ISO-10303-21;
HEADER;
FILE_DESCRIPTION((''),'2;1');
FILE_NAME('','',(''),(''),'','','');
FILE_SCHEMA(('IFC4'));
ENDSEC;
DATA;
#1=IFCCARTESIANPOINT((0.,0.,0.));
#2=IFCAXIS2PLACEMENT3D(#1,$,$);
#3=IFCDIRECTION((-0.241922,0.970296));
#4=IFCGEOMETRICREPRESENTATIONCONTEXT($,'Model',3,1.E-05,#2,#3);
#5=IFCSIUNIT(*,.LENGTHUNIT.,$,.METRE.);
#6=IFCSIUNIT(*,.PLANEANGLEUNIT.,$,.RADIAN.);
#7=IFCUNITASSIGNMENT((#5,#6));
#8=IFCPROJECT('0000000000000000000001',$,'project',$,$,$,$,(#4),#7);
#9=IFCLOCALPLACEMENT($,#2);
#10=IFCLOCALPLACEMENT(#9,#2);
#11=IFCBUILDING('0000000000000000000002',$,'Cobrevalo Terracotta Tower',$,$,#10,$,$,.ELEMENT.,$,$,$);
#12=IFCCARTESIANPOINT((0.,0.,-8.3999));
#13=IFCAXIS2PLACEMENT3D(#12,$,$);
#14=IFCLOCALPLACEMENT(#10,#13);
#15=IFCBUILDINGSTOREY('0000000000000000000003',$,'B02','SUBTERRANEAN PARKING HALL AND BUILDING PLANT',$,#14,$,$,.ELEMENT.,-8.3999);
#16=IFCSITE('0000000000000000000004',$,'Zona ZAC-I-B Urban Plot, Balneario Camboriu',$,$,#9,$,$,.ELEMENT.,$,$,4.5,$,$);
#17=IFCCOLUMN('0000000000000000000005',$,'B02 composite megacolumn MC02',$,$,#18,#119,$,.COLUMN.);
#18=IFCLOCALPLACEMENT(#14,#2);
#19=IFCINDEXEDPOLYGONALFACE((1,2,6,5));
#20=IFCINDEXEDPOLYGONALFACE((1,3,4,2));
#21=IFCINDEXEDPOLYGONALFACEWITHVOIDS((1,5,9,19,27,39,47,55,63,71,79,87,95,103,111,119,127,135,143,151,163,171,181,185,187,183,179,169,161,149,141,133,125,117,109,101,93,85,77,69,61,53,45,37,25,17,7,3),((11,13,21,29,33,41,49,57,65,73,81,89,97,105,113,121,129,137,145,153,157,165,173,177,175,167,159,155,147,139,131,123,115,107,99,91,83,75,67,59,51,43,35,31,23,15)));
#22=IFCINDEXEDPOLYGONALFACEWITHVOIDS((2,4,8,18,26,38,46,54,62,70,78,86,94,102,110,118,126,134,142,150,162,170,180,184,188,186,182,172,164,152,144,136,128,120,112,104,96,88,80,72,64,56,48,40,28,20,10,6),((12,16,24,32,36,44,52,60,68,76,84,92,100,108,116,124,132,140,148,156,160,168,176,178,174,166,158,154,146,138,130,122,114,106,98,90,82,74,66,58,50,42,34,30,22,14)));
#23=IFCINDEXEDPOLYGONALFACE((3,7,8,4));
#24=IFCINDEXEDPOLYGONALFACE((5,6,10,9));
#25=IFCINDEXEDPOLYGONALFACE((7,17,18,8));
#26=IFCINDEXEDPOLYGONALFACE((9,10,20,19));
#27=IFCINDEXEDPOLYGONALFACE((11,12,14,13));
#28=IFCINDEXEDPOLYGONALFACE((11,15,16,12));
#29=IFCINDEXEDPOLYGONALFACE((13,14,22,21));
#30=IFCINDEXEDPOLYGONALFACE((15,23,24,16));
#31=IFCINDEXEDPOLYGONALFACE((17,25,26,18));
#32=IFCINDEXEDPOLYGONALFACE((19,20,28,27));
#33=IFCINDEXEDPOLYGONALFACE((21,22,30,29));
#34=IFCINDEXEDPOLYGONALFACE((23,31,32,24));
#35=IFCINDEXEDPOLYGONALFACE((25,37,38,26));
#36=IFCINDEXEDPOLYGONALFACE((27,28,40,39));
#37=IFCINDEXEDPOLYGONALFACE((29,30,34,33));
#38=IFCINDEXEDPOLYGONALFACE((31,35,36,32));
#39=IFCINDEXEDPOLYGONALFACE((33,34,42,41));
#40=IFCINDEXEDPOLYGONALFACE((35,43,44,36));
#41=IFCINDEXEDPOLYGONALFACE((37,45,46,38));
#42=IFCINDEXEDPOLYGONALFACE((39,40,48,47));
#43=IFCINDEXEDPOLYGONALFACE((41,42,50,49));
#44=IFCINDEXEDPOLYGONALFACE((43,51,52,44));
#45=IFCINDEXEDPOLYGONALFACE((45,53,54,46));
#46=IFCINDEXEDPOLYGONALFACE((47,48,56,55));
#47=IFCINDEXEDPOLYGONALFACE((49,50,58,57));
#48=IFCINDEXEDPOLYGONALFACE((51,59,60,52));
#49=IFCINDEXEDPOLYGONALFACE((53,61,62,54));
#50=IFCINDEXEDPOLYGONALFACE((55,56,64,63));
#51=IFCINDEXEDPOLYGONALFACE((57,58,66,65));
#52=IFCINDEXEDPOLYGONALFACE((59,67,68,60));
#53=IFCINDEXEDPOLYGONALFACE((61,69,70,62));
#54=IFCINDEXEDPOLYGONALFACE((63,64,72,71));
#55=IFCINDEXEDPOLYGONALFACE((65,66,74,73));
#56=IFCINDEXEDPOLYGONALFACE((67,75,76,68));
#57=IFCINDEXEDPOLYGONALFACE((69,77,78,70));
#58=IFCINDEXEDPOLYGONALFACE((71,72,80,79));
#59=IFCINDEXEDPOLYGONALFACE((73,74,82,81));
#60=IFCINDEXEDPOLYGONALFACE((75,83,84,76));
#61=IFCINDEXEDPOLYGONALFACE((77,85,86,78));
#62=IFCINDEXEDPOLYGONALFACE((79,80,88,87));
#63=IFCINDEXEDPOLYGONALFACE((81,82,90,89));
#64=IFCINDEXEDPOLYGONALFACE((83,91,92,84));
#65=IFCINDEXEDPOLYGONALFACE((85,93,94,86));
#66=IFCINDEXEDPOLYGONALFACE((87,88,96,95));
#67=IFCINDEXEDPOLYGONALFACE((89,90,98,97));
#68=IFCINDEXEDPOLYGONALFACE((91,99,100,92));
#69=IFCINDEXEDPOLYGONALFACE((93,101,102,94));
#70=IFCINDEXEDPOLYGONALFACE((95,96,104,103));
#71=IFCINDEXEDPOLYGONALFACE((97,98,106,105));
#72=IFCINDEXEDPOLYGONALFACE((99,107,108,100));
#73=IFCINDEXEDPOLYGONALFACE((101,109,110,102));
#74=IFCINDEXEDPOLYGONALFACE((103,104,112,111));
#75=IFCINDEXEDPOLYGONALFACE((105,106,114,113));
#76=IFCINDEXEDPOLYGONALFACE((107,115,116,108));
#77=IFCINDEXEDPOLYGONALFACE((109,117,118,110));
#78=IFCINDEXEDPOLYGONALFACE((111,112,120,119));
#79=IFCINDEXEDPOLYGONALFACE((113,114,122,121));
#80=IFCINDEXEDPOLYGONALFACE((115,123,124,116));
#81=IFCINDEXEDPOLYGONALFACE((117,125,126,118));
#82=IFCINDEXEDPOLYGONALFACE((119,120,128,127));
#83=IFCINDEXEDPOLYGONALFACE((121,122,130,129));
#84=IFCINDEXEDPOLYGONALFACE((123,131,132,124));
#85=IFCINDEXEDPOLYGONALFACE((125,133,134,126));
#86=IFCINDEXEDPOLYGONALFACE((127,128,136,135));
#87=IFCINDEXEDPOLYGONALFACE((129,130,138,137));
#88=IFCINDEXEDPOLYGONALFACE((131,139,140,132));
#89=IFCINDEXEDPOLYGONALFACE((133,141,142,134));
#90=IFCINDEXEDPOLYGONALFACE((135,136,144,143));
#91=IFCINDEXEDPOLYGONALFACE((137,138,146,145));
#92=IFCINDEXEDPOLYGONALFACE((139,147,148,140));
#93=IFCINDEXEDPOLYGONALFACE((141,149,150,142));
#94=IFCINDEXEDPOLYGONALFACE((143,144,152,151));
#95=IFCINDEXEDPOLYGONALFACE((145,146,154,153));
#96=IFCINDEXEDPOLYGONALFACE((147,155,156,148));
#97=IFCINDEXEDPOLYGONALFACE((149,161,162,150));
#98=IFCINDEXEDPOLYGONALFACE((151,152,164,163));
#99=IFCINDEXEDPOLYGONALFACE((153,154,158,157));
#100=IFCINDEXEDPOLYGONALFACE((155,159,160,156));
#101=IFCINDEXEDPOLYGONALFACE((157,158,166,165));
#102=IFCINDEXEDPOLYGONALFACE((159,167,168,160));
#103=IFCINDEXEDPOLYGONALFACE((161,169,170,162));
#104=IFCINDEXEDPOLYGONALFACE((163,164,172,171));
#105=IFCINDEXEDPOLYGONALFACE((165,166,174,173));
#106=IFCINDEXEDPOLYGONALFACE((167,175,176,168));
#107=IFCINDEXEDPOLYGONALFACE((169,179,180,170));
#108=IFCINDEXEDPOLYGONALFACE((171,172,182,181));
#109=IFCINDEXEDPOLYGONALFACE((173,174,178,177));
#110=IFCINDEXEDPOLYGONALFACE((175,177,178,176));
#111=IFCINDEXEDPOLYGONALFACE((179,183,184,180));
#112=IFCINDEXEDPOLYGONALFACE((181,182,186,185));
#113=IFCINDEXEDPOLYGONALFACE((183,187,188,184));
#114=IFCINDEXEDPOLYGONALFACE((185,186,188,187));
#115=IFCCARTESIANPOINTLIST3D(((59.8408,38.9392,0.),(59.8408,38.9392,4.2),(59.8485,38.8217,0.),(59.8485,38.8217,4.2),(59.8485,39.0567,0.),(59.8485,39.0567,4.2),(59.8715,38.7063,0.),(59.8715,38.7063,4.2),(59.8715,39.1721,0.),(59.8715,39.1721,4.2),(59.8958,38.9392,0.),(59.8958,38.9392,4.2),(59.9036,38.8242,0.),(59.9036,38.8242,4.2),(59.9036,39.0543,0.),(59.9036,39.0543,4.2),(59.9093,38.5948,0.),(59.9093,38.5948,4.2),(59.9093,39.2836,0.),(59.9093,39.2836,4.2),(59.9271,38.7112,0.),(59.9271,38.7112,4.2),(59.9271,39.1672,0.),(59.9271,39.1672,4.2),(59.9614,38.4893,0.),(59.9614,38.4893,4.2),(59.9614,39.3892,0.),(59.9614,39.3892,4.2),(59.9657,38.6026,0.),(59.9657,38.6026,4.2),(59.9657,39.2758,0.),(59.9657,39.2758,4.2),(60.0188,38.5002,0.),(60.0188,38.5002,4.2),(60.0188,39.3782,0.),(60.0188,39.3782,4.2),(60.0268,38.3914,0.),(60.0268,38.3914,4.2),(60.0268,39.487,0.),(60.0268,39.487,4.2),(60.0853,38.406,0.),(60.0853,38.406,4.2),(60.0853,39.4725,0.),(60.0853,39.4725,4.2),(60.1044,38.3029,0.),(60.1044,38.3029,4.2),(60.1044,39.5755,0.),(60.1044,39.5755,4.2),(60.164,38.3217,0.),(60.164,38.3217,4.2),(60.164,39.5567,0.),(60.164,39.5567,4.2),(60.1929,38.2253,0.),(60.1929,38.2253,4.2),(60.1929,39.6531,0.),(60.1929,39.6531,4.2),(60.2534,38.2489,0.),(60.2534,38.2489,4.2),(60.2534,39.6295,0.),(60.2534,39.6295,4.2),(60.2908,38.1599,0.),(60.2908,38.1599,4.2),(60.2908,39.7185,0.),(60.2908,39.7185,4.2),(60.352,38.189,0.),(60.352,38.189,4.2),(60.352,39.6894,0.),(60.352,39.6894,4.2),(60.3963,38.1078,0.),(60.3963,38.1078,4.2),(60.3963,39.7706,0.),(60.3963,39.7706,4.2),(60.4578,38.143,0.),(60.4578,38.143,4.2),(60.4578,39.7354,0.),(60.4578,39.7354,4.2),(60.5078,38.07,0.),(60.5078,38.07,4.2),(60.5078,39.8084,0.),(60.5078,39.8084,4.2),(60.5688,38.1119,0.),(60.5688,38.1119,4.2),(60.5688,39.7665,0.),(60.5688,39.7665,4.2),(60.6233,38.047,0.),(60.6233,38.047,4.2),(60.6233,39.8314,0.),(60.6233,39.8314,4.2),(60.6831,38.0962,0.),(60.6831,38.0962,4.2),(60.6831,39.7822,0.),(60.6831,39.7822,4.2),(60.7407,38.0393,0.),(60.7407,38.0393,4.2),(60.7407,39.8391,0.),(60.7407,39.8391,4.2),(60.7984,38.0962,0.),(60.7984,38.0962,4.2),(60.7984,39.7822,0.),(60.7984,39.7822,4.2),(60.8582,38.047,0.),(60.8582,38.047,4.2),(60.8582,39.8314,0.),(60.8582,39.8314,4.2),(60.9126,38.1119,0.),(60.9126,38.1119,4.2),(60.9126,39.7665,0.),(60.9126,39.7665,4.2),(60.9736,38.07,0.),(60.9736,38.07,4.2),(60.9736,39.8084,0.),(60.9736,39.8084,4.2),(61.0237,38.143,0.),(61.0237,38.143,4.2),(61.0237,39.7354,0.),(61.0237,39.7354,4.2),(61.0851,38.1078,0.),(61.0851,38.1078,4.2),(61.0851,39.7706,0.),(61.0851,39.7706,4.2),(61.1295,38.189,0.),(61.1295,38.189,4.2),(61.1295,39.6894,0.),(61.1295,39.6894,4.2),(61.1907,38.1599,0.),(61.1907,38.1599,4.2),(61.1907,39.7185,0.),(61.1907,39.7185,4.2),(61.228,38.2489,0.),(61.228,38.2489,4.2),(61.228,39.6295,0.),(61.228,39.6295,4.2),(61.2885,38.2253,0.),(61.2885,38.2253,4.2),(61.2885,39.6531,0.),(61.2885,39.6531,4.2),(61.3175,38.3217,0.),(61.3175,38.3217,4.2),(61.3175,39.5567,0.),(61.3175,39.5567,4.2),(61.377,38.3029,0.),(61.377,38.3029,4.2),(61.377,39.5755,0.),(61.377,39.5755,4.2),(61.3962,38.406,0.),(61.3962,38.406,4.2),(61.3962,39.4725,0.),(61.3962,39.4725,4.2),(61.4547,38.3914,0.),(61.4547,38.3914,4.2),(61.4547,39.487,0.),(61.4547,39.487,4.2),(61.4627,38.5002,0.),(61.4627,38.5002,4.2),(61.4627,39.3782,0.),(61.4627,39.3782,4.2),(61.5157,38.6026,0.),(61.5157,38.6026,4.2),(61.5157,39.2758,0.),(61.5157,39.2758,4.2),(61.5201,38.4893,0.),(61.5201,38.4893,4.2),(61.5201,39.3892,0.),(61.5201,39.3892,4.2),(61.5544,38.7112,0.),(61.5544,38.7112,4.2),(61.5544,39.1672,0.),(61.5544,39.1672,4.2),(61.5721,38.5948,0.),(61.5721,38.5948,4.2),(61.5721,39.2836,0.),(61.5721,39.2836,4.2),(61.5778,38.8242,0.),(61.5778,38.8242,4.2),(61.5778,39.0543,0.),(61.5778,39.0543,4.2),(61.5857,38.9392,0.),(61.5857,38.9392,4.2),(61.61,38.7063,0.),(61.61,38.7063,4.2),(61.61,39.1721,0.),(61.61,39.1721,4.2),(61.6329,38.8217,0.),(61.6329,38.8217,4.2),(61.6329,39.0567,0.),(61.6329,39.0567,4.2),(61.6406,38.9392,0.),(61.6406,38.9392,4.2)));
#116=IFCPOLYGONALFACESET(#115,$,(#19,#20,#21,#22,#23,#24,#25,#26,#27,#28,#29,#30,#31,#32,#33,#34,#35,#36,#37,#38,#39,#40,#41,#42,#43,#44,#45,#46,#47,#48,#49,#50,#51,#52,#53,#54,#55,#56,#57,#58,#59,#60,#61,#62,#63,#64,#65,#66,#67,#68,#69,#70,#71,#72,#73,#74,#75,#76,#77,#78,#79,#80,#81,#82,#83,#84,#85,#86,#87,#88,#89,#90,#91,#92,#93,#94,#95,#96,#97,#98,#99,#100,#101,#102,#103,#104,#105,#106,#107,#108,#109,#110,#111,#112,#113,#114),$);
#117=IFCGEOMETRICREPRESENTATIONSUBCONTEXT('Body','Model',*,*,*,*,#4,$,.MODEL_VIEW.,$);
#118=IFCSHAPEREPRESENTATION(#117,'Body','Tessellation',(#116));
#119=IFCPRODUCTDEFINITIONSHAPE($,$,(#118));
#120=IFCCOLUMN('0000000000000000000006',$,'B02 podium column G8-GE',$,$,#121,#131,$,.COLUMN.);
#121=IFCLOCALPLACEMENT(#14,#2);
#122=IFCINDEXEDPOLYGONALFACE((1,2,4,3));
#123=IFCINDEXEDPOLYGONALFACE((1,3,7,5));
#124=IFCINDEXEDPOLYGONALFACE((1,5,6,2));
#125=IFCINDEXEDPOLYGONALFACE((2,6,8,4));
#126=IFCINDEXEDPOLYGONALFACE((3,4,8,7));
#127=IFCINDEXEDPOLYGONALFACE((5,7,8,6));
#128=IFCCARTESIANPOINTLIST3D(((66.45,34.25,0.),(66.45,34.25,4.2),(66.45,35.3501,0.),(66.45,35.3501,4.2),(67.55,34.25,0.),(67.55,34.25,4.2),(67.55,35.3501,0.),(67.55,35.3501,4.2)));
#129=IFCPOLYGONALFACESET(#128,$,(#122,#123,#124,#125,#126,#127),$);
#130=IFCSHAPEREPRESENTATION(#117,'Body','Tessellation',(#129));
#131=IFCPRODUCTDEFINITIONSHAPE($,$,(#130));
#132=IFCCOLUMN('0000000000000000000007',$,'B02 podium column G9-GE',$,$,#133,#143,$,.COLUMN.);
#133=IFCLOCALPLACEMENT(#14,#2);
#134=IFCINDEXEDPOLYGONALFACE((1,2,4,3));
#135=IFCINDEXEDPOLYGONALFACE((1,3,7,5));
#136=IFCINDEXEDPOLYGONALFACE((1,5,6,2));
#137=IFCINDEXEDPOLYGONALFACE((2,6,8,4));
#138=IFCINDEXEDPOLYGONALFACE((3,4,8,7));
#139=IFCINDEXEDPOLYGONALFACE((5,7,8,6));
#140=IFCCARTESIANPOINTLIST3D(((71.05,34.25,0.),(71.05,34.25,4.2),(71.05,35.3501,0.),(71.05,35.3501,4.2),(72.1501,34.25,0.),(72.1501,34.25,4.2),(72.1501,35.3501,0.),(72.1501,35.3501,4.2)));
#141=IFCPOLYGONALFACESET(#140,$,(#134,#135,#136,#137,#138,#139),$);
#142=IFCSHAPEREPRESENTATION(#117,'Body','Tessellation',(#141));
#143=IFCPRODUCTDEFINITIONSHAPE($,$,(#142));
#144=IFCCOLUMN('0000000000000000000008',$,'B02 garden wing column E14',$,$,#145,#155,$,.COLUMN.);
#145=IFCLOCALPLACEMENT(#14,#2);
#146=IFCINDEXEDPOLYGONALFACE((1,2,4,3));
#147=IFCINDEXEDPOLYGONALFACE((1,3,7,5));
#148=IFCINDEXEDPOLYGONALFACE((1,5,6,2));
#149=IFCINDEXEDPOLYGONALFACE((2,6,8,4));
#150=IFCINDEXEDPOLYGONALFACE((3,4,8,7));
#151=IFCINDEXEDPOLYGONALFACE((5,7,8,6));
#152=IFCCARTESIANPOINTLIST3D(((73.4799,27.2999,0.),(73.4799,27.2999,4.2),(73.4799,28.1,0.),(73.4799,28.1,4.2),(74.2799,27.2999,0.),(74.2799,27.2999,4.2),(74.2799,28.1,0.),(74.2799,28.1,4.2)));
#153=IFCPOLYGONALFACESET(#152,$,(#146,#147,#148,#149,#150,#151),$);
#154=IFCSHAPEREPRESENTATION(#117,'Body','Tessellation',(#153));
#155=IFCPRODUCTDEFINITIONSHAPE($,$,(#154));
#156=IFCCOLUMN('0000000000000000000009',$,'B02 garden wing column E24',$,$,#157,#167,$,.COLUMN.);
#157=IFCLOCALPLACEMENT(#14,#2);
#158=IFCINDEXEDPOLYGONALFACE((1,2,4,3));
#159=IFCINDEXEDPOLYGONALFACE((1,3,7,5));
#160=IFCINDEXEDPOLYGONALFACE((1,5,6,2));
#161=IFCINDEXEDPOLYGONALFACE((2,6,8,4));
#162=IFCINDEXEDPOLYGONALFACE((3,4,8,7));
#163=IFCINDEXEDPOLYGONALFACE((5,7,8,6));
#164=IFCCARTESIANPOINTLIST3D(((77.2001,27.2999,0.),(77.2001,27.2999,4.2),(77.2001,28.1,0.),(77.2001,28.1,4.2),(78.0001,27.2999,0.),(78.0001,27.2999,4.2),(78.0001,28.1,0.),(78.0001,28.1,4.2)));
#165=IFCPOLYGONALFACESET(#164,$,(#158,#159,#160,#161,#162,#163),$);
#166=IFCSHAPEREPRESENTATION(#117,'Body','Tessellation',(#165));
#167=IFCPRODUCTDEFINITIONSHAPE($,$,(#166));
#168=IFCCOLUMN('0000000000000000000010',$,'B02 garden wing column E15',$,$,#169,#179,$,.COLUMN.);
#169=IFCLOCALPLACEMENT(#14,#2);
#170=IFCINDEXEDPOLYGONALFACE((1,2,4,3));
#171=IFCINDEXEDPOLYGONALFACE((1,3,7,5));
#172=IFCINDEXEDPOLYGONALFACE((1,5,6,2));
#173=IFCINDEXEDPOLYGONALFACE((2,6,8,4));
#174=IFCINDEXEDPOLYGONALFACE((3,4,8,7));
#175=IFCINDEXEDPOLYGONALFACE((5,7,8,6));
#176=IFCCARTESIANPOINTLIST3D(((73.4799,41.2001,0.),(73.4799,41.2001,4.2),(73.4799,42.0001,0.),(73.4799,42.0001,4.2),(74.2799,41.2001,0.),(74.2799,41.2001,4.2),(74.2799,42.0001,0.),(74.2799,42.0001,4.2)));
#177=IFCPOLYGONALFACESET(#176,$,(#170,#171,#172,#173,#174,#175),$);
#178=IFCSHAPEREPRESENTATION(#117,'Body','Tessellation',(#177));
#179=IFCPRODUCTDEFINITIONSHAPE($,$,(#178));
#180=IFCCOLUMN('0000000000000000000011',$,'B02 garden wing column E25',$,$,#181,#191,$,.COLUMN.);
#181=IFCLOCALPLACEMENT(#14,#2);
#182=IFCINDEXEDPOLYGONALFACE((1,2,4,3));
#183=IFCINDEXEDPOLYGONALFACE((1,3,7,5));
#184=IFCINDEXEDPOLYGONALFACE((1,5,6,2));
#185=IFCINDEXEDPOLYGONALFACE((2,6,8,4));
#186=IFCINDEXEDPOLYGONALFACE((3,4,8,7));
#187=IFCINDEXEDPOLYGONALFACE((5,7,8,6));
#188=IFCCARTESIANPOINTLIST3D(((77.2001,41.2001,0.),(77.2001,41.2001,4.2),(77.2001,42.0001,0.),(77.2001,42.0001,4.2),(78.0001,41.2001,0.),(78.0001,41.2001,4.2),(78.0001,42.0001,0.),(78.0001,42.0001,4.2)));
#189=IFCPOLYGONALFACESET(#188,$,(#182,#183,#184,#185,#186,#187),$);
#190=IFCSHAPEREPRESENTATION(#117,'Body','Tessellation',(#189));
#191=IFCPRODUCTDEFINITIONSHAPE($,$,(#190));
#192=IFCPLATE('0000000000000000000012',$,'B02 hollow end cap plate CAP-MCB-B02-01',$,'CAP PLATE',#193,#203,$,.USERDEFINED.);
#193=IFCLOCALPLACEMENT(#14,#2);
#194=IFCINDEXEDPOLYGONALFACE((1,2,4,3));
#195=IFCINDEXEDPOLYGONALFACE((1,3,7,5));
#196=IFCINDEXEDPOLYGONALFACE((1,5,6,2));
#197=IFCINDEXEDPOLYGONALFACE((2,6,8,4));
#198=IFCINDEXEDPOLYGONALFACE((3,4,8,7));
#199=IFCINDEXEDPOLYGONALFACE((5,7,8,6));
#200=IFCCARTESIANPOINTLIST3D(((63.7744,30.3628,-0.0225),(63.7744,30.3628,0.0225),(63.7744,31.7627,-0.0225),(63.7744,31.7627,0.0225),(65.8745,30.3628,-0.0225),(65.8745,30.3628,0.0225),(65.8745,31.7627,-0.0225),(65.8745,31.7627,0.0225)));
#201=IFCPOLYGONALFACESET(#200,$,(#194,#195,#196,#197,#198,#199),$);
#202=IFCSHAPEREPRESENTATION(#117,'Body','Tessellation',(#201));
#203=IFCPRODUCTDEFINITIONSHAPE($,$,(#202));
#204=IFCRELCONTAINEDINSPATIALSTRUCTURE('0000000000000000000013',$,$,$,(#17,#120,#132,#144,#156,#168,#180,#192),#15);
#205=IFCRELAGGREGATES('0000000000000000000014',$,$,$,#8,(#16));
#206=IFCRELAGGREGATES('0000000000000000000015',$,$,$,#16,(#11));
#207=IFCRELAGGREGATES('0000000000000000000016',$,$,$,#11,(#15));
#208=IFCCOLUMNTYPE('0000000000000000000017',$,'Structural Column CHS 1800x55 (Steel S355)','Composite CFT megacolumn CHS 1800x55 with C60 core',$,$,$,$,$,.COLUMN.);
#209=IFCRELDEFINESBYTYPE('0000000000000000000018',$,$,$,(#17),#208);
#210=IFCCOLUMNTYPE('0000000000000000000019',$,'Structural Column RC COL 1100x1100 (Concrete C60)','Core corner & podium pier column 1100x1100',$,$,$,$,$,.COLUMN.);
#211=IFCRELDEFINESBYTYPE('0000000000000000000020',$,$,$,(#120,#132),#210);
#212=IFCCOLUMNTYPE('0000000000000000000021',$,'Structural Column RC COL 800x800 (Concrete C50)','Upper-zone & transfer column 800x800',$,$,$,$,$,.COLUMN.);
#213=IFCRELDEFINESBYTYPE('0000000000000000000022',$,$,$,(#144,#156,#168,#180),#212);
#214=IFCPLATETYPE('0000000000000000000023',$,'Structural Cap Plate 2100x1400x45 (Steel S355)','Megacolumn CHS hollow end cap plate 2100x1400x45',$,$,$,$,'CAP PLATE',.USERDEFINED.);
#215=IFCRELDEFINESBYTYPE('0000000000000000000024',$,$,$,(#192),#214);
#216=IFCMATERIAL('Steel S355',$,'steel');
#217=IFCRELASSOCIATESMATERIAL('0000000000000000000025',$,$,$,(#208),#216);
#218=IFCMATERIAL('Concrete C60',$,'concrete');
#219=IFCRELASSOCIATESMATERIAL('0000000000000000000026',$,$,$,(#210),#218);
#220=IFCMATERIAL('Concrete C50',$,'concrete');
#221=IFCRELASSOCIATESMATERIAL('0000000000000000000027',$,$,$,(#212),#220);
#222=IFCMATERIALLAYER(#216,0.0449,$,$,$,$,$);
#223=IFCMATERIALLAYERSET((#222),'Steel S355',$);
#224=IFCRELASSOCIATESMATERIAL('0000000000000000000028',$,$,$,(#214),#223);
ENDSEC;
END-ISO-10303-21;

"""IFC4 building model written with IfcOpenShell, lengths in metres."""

from ifc_helpers import new_model, si_unit, direction, frame, origin, origin_2d, place, context, subcontext, project, spatial, rectangle, hollow_circle, extrude, source, transform, mapped, material, layer, layer_set, material_profile, profile_set, type_object, element, save


model = new_model("IFC4")

# Units and contexts
model_context = context("Model", 3, precision=1e-05, world=origin(), true_north=direction((-0.241922, 0.970296)))
body_context = subcontext(model_context, "Body", "Model", "MODEL_VIEW")
ifc_project = project(units=[si_unit("LENGTHUNIT", "METRE"), si_unit("PLANEANGLEUNIT", "RADIAN")], contexts=[model_context])

# Site, building, storey
site_placement = place(None, origin())
site = spatial("IfcSite", under=ifc_project, at=site_placement, Name="Zona ZAC-I-B Urban Plot, Balneario Camboriu", CompositionType="ELEMENT", RefElevation=4.5)
building_placement = place(site_placement, origin())
building = spatial("IfcBuilding", under=site, at=building_placement, Name="Cobrevalo Terracotta Tower", CompositionType="ELEMENT")
storey_placement = place(building_placement, frame((0.0, 0.0, -8.3999)))
storey = spatial("IfcBuildingStorey", under=building, at=storey_placement, Name="B02", Description="SUBTERRANEAN PARKING HALL AND BUILDING PLANT", CompositionType="ELEMENT", Elevation=-8.3999)

# Shared definitions
ifc_material_1 = material(Name="Concrete C50", Category="concrete")

# Columns
ifc_material_2 = material(Name="Steel S355", Category="steel")
ifc_material_profile_1 = material_profile(ifc_material_2, hollow_circle(Radius=0.8999, WallThickness=0.0549, at=origin_2d()), Name="CHS 1800x55")
ifc_profile_set_1 = profile_set([ifc_material_profile_1], Name="Steel S355")
column_type_1 = type_object("IfcColumnType", Name="Structural Column CHS 1800x55 (Steel S355)", Description="Composite CFT megacolumn CHS 1800x55 with C60 core", PredefinedType="COLUMN", material=ifc_profile_set_1)
for number, where, z_axis, x_axis, name in (
    (1, (60.7407, 38.9392, 0.0), (0.0, 0.0, 1.0), (1.0, 0.0, 0.0), "B02 composite megacolumn MC02"),
):
    element("IfcColumn", number, at=place(storey_placement, frame(where, z_axis=z_axis, x_axis=x_axis)), inside=storey, type_object=column_type_1, Name=name, PredefinedType="COLUMN", context=body_context, shape_type="SweptSolid", body=[
        extrude(hollow_circle(Radius=0.8999, WallThickness=0.0549, at=origin_2d()), origin(), (0.0, 0.0, 1.0), 4.2),
    ])
ifc_material_3 = material(Name="Concrete C60", Category="concrete")
ifc_material_profile_2 = material_profile(ifc_material_3, rectangle(XDim=1.1001, YDim=1.1001, at=origin_2d()), Name="RC COL 1100x1100")
ifc_profile_set_2 = profile_set([ifc_material_profile_2], Name="Concrete C60")
column_type_2 = type_object("IfcColumnType", Name="Structural Column RC COL 1100x1100 (Concrete C60)", Description="Core corner & podium pier column 1100x1100", PredefinedType="COLUMN", material=ifc_profile_set_2)
for number, where, z_axis, x_axis, name in (
    (2, (67.0, 34.8, 0.0), (0.0, 0.0, 1.0), (1.0, 0.0, 0.0), "B02 podium column G8-GE"),
    (3, (71.6001, 34.8, 0.0), (0.0, 0.0, 1.0), (1.0, 0.0, 0.0), "B02 podium column G9-GE"),
):
    element("IfcColumn", number, at=place(storey_placement, frame(where, z_axis=z_axis, x_axis=x_axis)), inside=storey, type_object=column_type_2, Name=name, PredefinedType="COLUMN", context=body_context, shape_type="SweptSolid", body=[
        extrude(rectangle(XDim=1.1001, YDim=1.1001, at=origin_2d()), origin(), (0.0, 0.0, 1.0), 4.2),
    ])
ifc_material_profile_3 = material_profile(ifc_material_1, rectangle(XDim=0.8, YDim=0.8, at=origin_2d()), Name="RC COL 800x800")
ifc_profile_set_3 = profile_set([ifc_material_profile_3], Name="Concrete C50")
column_type_3 = type_object("IfcColumnType", Name="Structural Column RC COL 800x800 (Concrete C50)", Description="Upper-zone & transfer column 800x800", PredefinedType="COLUMN", material=ifc_profile_set_3)
for number, where, z_axis, x_axis, name in (
    (4, (73.8799, 27.7, 0.0), (0.0, 0.0, 1.0), (1.0, 0.0, 0.0), "B02 garden wing column E14"),
    (5, (77.6001, 27.7, 0.0), (0.0, 0.0, 1.0), (1.0, 0.0, 0.0), "B02 garden wing column E24"),
    (6, (73.8799, 41.6001, 0.0), (0.0, 0.0, 1.0), (1.0, 0.0, 0.0), "B02 garden wing column E15"),
    (7, (77.6001, 41.6001, 0.0), (0.0, 0.0, 1.0), (1.0, 0.0, 0.0), "B02 garden wing column E25"),
):
    element("IfcColumn", number, at=place(storey_placement, frame(where, z_axis=z_axis, x_axis=x_axis)), inside=storey, type_object=column_type_3, Name=name, PredefinedType="COLUMN", context=body_context, shape_type="SweptSolid", body=[
        extrude(rectangle(XDim=0.8, YDim=0.8, at=origin_2d()), origin(), (0.0, 0.0, 1.0), 4.2),
    ])

# Plate
ifc_layer_1 = layer(ifc_material_2, 0.0449)
ifc_layer_set_1 = layer_set([ifc_layer_1], Name="Steel S355")
plate_type = type_object("IfcPlateType", Name="Structural Cap Plate 2100x1400x45 (Steel S355)", Description="Megacolumn CHS hollow end cap plate 2100x1400x45", ElementType="CAP PLATE", PredefinedType="USERDEFINED", material=ifc_layer_set_1)
shared_shape_1 = source(origin(), body_context, "Body", "SweptSolid", [
    extrude(rectangle(XDim=2.1001, YDim=1.3999, at=origin_2d()), origin(), (0.0, 0.0, 1.0), 0.0449),
])
for number, where, z_axis, x_axis, name in (
    (8, (64.8245, 31.0627, -0.0225), (0.0, 0.0, 1.0), (1.0, 0.0, 0.0), "B02 hollow end cap plate CAP-MCB-B02-01"),
):
    element("IfcPlate", number, at=place(storey_placement, frame(where, z_axis=z_axis, x_axis=x_axis)), inside=storey, type_object=plate_type, Name=name, ObjectType="CAP PLATE", PredefinedType="USERDEFINED", context=body_context, shape_type="MappedRepresentation", body=[
        mapped(shared_shape_1, transform((0.0, 0.0, 0.0), scale=1.0)),
    ])

save(model, "model.ifc")
